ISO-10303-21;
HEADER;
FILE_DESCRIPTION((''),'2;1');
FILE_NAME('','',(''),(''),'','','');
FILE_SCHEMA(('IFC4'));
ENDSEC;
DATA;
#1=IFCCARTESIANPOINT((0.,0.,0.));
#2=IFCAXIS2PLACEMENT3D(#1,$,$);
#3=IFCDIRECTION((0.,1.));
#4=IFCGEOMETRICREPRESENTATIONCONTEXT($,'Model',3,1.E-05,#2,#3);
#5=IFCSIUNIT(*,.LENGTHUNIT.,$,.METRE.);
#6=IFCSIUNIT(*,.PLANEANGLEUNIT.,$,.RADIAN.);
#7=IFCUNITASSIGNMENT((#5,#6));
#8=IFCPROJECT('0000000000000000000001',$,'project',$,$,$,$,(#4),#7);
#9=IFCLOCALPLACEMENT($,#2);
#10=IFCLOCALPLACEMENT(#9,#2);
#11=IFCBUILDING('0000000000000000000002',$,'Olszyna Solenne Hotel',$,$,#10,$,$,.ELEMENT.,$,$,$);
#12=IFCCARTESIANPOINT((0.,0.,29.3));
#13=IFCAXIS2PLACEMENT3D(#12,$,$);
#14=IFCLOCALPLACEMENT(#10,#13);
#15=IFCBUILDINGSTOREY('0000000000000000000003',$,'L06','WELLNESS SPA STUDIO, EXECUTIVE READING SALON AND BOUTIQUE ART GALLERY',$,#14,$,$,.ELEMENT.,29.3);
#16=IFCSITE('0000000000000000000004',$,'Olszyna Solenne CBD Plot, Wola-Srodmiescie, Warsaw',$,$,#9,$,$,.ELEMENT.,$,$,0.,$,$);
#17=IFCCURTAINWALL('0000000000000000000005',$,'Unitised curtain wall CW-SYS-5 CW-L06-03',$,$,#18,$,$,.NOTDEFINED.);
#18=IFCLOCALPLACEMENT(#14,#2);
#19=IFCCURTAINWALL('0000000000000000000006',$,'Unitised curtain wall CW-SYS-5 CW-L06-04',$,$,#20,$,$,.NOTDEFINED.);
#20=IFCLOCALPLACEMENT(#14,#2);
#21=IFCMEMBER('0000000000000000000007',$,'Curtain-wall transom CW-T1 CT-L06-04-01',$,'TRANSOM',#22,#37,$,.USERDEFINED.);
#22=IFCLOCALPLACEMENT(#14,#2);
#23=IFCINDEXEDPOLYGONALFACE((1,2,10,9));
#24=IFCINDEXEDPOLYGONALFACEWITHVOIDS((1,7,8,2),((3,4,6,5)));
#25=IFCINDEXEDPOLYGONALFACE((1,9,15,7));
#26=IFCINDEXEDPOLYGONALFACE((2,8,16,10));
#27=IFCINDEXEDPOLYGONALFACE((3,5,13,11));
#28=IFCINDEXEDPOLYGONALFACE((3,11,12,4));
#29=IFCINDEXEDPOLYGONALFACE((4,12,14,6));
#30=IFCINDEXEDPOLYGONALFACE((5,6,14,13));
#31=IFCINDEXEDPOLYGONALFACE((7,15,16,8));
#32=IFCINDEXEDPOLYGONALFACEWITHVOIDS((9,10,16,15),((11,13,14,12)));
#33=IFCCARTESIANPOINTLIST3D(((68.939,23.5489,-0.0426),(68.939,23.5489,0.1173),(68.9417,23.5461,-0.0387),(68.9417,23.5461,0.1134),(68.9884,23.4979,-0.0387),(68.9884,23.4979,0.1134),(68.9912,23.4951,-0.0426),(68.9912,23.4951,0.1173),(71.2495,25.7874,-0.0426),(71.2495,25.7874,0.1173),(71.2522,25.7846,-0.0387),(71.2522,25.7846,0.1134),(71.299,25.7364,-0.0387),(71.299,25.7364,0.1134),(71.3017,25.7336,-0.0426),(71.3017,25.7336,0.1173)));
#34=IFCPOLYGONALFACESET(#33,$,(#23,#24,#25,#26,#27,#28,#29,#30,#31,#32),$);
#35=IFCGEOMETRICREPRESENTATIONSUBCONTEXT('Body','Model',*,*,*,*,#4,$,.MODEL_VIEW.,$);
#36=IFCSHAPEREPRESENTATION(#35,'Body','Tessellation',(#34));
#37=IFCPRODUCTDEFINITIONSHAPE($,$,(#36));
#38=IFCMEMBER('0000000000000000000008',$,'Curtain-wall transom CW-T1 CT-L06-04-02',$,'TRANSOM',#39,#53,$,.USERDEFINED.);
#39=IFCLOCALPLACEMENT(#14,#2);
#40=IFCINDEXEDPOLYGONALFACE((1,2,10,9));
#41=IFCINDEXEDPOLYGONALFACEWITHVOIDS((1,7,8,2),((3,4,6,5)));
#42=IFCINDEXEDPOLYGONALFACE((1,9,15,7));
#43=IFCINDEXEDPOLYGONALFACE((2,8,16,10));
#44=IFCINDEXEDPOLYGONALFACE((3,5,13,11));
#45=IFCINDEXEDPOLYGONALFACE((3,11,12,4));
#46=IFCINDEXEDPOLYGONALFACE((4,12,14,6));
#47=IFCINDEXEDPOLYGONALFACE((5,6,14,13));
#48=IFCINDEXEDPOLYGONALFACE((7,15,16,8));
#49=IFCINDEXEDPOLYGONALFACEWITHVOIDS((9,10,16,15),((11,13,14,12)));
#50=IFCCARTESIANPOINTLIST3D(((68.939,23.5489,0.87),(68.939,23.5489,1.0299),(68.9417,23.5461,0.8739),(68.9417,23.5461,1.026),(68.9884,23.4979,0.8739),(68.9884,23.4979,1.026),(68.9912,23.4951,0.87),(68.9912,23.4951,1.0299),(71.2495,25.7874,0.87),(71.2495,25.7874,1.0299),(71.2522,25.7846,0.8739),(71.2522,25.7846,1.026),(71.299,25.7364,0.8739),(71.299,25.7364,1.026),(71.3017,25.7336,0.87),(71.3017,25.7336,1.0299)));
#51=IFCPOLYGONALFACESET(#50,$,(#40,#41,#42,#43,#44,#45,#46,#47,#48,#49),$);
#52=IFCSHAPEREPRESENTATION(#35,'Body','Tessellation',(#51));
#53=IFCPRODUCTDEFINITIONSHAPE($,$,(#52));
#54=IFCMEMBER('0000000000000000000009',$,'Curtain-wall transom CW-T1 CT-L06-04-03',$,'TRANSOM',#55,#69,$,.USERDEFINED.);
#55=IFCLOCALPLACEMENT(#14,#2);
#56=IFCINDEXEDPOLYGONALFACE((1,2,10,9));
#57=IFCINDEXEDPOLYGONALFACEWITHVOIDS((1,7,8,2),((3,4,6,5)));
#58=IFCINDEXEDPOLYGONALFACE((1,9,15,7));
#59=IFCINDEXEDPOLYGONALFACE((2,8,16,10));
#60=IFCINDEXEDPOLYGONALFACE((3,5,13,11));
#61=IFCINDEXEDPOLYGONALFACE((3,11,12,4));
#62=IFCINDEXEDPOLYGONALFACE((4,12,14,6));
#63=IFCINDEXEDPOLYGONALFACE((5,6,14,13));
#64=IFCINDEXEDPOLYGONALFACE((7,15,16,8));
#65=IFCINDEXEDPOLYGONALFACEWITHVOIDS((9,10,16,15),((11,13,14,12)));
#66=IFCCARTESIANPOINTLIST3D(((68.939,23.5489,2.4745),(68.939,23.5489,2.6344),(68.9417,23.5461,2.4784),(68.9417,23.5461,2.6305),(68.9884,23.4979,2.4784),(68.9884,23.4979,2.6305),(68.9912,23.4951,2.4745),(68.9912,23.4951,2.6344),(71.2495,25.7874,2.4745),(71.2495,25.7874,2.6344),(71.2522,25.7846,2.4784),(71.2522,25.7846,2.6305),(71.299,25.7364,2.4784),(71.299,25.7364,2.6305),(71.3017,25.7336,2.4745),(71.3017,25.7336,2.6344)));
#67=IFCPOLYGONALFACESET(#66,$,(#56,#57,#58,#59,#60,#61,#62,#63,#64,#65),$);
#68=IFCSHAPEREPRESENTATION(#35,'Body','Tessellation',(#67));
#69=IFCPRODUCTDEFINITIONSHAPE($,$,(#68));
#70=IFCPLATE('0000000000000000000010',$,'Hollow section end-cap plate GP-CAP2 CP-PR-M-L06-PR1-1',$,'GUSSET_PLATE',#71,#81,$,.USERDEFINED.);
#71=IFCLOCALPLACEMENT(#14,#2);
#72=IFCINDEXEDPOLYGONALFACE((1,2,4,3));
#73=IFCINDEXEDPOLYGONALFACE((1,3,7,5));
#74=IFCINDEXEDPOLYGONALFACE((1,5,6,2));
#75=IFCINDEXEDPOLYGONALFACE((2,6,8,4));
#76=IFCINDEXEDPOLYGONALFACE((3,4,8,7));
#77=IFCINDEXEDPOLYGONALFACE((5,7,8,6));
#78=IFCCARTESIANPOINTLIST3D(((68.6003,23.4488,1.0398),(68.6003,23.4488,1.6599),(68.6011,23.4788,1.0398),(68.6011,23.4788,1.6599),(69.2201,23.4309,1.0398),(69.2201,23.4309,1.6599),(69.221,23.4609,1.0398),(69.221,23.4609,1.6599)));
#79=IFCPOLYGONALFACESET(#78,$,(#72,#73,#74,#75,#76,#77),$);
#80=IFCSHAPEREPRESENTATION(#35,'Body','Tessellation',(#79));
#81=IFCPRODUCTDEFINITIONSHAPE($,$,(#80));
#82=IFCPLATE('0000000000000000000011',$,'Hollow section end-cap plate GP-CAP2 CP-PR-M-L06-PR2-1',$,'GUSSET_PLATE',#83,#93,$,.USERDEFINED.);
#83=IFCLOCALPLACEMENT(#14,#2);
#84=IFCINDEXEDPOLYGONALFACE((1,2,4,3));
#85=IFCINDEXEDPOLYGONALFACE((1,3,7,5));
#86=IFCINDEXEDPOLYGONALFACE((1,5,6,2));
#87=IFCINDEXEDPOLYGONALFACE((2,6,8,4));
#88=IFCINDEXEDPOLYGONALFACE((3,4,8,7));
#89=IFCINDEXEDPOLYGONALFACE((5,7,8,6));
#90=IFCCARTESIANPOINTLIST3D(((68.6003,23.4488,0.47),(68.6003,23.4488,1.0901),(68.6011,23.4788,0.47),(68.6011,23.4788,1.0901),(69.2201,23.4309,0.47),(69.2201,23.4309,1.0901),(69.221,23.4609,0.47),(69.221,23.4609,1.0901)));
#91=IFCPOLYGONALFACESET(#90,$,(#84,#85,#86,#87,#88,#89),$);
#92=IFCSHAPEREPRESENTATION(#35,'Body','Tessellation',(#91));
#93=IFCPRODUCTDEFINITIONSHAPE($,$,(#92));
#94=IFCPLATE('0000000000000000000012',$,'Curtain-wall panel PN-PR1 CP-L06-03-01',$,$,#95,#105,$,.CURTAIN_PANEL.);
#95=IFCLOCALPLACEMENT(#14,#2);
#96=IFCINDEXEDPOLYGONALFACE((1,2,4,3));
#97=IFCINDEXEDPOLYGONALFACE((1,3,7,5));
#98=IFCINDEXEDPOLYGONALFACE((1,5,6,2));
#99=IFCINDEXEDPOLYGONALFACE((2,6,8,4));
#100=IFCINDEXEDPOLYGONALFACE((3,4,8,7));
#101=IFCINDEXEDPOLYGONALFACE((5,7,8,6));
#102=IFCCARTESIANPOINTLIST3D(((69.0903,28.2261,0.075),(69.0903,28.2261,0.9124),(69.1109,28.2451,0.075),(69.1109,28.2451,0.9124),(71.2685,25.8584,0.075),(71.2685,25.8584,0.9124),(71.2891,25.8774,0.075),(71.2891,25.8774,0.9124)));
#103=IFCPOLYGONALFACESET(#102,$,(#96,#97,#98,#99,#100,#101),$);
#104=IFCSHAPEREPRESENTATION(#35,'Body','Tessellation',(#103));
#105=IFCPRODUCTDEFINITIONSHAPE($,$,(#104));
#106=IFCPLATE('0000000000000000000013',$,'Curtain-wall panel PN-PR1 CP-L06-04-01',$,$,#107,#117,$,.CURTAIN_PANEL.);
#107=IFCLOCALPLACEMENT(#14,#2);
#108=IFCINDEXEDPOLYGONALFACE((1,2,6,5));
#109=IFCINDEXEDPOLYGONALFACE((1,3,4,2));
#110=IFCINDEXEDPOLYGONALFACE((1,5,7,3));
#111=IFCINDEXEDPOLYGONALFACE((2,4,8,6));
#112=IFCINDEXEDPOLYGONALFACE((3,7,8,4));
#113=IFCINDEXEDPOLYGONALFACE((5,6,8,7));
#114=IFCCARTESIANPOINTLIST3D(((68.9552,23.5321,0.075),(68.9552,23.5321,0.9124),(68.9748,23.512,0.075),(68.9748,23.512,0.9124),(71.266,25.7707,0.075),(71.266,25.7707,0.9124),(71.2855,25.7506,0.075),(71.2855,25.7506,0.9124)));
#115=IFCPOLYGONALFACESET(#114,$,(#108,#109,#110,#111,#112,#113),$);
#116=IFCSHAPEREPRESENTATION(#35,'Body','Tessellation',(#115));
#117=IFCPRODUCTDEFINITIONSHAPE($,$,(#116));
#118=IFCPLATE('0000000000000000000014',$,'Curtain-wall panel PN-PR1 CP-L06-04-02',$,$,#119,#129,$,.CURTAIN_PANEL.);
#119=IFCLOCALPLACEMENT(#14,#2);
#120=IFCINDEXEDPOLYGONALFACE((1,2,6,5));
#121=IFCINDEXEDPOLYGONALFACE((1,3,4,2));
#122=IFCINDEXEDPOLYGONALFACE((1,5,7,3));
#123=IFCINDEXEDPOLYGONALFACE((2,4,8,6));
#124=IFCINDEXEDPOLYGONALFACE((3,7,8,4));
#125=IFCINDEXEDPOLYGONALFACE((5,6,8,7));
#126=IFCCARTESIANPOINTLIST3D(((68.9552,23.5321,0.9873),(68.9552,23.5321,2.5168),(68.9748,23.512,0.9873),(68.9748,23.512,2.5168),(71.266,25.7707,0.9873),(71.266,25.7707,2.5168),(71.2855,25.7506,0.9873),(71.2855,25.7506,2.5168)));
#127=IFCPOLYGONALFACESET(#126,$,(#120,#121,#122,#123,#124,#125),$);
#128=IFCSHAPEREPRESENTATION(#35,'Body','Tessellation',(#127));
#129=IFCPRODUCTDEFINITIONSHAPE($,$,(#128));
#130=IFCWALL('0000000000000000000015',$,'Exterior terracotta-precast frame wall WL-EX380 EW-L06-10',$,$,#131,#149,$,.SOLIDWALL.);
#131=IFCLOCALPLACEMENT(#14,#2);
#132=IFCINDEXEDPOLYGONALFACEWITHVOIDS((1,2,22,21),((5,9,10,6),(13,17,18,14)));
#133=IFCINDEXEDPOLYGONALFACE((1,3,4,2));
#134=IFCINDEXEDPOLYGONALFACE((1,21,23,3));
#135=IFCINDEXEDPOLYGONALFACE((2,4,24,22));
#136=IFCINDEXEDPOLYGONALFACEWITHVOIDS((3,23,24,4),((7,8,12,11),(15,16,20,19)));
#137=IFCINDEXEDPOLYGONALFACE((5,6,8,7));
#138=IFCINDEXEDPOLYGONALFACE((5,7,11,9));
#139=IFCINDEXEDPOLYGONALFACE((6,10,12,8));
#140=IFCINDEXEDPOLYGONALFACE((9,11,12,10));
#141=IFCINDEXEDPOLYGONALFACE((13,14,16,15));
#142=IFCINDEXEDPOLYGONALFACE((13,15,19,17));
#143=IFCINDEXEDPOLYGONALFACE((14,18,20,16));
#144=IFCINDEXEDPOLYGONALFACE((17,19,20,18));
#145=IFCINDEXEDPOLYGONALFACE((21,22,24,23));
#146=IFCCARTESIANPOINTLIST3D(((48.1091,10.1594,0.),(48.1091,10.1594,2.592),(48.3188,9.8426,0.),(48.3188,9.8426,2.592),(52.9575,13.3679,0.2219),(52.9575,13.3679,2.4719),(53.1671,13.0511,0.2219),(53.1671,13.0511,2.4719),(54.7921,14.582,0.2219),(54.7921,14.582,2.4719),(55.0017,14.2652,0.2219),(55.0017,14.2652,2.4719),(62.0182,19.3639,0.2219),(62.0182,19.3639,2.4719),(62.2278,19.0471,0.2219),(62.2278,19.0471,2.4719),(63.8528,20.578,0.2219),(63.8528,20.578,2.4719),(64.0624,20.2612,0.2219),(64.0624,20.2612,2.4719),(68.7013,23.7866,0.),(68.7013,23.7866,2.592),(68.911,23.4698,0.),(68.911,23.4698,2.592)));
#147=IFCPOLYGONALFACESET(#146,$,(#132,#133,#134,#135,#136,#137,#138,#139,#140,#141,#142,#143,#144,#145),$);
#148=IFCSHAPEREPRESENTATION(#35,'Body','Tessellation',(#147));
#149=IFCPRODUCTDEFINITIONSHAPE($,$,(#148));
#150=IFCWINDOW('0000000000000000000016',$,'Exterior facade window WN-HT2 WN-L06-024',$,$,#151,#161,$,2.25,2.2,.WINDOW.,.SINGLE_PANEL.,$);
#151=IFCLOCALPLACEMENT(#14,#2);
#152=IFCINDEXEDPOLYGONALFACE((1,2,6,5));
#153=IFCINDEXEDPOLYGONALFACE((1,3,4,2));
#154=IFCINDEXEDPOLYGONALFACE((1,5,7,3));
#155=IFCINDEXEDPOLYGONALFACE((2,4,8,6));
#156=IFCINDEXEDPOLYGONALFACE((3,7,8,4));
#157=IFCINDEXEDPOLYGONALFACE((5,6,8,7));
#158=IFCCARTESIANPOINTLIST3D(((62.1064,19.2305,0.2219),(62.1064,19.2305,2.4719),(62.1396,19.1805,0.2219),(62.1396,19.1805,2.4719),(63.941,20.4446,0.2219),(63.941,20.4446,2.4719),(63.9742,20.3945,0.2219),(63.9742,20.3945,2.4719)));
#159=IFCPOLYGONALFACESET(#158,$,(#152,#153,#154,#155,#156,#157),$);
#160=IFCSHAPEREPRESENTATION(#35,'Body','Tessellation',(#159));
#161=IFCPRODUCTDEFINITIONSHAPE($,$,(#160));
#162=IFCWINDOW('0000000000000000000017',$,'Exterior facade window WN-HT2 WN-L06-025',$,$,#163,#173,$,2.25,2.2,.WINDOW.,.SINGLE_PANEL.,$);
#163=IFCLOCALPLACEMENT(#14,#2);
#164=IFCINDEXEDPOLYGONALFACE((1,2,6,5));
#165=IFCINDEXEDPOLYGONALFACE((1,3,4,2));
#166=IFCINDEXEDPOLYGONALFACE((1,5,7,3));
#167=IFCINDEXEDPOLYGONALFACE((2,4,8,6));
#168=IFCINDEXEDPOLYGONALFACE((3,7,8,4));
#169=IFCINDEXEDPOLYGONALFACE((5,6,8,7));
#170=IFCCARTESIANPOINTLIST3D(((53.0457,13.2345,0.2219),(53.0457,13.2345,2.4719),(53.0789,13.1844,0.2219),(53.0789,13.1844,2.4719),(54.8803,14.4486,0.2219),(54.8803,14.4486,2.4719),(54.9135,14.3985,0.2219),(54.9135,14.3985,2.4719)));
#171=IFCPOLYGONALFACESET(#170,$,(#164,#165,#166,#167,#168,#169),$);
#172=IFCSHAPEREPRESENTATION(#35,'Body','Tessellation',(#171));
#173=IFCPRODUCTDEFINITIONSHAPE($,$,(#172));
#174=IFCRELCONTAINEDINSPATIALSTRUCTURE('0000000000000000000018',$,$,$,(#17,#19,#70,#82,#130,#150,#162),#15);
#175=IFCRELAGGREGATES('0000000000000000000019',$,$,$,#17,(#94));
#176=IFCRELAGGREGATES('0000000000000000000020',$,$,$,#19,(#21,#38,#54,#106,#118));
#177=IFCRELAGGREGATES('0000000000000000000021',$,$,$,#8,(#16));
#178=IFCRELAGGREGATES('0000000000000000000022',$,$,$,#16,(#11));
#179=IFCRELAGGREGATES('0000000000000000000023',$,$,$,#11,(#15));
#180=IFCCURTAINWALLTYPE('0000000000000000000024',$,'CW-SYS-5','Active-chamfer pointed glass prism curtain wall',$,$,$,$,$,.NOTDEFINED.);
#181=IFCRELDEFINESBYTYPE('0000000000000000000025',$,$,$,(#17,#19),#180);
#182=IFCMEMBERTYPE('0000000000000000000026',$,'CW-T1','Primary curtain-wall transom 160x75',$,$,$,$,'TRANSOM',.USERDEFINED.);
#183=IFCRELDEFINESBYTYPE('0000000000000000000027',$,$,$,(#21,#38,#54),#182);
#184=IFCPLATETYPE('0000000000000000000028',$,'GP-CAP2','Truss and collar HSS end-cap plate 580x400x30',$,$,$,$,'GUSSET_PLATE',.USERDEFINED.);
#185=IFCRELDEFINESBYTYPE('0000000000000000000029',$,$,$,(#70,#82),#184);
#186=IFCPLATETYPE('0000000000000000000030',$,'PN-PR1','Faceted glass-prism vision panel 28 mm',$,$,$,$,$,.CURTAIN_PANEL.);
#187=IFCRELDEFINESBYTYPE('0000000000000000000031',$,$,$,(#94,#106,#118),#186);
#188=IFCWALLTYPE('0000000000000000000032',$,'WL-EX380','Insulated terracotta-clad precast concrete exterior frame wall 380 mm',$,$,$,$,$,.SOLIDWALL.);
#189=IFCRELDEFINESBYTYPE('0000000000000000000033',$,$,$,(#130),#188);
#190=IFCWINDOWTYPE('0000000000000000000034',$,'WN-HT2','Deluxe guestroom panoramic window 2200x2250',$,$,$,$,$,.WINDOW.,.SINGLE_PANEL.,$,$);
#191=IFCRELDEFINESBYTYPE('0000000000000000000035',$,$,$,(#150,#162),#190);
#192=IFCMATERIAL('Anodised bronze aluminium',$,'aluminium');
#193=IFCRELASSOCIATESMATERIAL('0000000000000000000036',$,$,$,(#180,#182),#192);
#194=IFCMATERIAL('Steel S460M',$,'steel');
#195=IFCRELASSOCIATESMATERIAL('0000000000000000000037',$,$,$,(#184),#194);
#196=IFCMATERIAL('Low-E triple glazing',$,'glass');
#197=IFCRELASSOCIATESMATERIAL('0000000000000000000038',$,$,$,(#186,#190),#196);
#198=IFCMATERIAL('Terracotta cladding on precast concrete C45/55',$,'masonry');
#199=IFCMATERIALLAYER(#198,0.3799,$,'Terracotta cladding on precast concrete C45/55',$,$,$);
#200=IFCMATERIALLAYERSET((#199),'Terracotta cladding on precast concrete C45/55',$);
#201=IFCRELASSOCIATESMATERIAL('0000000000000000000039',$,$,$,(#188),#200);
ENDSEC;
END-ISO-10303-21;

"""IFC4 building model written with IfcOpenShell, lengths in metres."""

from ifc_helpers import new_model, si_unit, direction, frame, frame_2d, origin, origin_2d, place, context, subcontext, project, spatial, rectangle, hollow_rectangle, extrude, source, transform, mapped, material, layer, layer_set, material_profile, profile_set, type_object, type_shapes, element, fill, aggregate, save


model = new_model("IFC4")

# Units and contexts
model_context = context("Model", 3, precision=1e-05, world=origin(), true_north=direction((0.0, 1.0)))
body_context = subcontext(model_context, "Body", "Model", "MODEL_VIEW")
ifc_project = project(units=[si_unit("LENGTHUNIT", "METRE"), si_unit("PLANEANGLEUNIT", "RADIAN")], contexts=[model_context])

# Site, building, storey
site_placement = place(None, origin())
site = spatial("IfcSite", under=ifc_project, at=site_placement, Name="Olszyna Solenne CBD Plot, Wola-Srodmiescie, Warsaw", CompositionType="ELEMENT", RefElevation=0.0)
building_placement = place(site_placement, origin())
building = spatial("IfcBuilding", under=site, at=building_placement, Name="Olszyna Solenne Hotel", CompositionType="ELEMENT")
storey_placement = place(building_placement, frame((0.0, 0.0, 29.3)))
storey = spatial("IfcBuildingStorey", under=building, at=storey_placement, Name="L06", Description="WELLNESS SPA STUDIO, EXECUTIVE READING SALON AND BOUTIQUE ART GALLERY", CompositionType="ELEMENT", Elevation=29.3)

# Shared definitions
ifc_material_1 = material(Name="Steel S460M", Category="steel")

# Curtain wall
ifc_material_2 = material(Name="Anodised bronze aluminium", Category="aluminium")
curtain_wall_type = type_object("IfcCurtainWallType", Name="CW-SYS-5", Description="Active-chamfer pointed glass prism curtain wall", PredefinedType="NOTDEFINED", material=ifc_material_2)
curtain_wall_1_placement = place(storey_placement, origin())
curtain_wall_1 = element("IfcCurtainWall", 1, at=curtain_wall_1_placement, inside=storey, type_object=curtain_wall_type, Name="Unitised curtain wall CW-SYS-5 CW-L06-03", PredefinedType="NOTDEFINED")

# Curtain wall, members
curtain_wall_2_placement = place(storey_placement, origin())
curtain_wall_2 = element("IfcCurtainWall", 2, at=curtain_wall_2_placement, inside=storey, type_object=curtain_wall_type, Name="Unitised curtain wall CW-SYS-5 CW-L06-04", PredefinedType="NOTDEFINED")
ifc_material_profile_1 = material_profile(ifc_material_2, hollow_rectangle(XDim=0.075, YDim=0.1599, WallThickness=0.0039, at=origin_2d()), Name="TRAN 160x75x4", Category="load-bearing")
ifc_profile_set_1 = profile_set([ifc_material_profile_1], Name="Anodised bronze aluminium")
member_type_1 = type_object("IfcMemberType", Name="CW-T1", Description="Primary curtain-wall transom 160x75", ElementType="TRANSOM", PredefinedType="USERDEFINED", material=ifc_profile_set_1)
shared_shape_1 = source(origin(), body_context, "Body", "SweptSolid", [
    extrude(hollow_rectangle(XDim=0.075, YDim=0.1599, WallThickness=0.0039, at=origin_2d()), origin(), (0.0, 0.0, 1.0), 3.217),
])
member_1_placement = place(storey_placement, frame((68.9651, 23.522, 0.0374), z_axis=(0.718212, 0.695825, 0.0), x_axis=(-0.695825, 0.718212, 0.0)))
member_1 = element("IfcMember", 3, at=member_1_placement, type_object=member_type_1, Name="Curtain-wall transom CW-T1 CT-L06-04-01", ObjectType="TRANSOM", PredefinedType="USERDEFINED", context=body_context, shape_type="MappedRepresentation", body=[
    mapped(shared_shape_1, transform((0.0, 0.0, 0.0), x_axis=(1.0, 0.0, 0.0), y_axis=(0.0, 1.0, 0.0), z_axis=(0.0, 0.0, 1.0), scale=1.0)),
])
member_2_placement = place(storey_placement, frame((68.9651, 23.522, 0.95), z_axis=(0.718212, 0.695825, 0.0), x_axis=(-0.695825, 0.718212, 0.0)))
member_2 = element("IfcMember", 4, at=member_2_placement, type_object=member_type_1, Name="Curtain-wall transom CW-T1 CT-L06-04-02", ObjectType="TRANSOM", PredefinedType="USERDEFINED", context=body_context, shape_type="MappedRepresentation", body=[
    mapped(shared_shape_1, transform((0.0, 0.0, 0.0), x_axis=(1.0, 0.0, 0.0), y_axis=(0.0, 1.0, 0.0), z_axis=(0.0, 0.0, 1.0), scale=1.0)),
])
member_3_placement = place(storey_placement, frame((68.9651, 23.522, 2.5544), z_axis=(0.718212, 0.695825, 0.0), x_axis=(-0.695825, 0.718212, 0.0)))
member_3 = element("IfcMember", 5, at=member_3_placement, type_object=member_type_1, Name="Curtain-wall transom CW-T1 CT-L06-04-03", ObjectType="TRANSOM", PredefinedType="USERDEFINED", context=body_context, shape_type="MappedRepresentation", body=[
    mapped(shared_shape_1, transform((0.0, 0.0, 0.0), x_axis=(1.0, 0.0, 0.0), y_axis=(0.0, 1.0, 0.0), z_axis=(0.0, 0.0, 1.0), scale=1.0)),
])

# Plates
plate_type_1 = type_object("IfcPlateType", Name="GP-CAP2", Description="Truss and collar HSS end-cap plate 580x400x30", ElementType="GUSSET_PLATE", PredefinedType="USERDEFINED", material=ifc_material_1)
shared_shape_2 = source(origin(), body_context, "Body", "SweptSolid", [
    extrude(rectangle(XDim=0.03, YDim=0.6201, at=origin_2d()), origin(), (0.0, 0.0, 1.0), 0.6201),
])
for number, where, z_axis, x_axis, name in (
    (6, (68.9106, 23.4548, 1.0398), (0.0, 0.0, 1.0), (0.028794, 0.999585, 0.0), "Hollow section end-cap plate GP-CAP2 CP-PR-M-L06-PR1-1"),
    (7, (68.9106, 23.4548, 0.47), (0.0, 0.0, 1.0), (0.028794, 0.999585, 0.0), "Hollow section end-cap plate GP-CAP2 CP-PR-M-L06-PR2-1"),
):
    element("IfcPlate", number, at=place(storey_placement, frame(where, z_axis=z_axis, x_axis=x_axis)), inside=storey, type_object=plate_type_1, Name=name, ObjectType="GUSSET_PLATE", PredefinedType="USERDEFINED", context=body_context, shape_type="MappedRepresentation", body=[
        mapped(shared_shape_2, transform((0.0, 0.0, 0.0), x_axis=(1.0, 0.0, 0.0), y_axis=(0.0, 1.0, 0.0), z_axis=(0.0, 0.0, 1.0), scale=1.0)),
    ])

# Plates
ifc_material_3 = material(Name="Low-E triple glazing", Category="glass")
plate_type_2 = type_object("IfcPlateType", Name="PN-PR1", Description="Faceted glass-prism vision panel 28 mm", PredefinedType="CURTAIN_PANEL", material=ifc_material_3)
shared_shape_3 = source(origin(), body_context, "Body", "SweptSolid", [
    extrude(rectangle(XDim=3.2173, YDim=0.0281, at=origin_2d()), origin(), (0.0, 0.0, 1.0), 0.8374),
])
plate_1_placement = place(storey_placement, frame((70.1897, 27.0518, 0.075), z_axis=(0.0, 0.0, 1.0), x_axis=(0.677032, -0.735954, 0.0)))
plate_1 = element("IfcPlate", 8, at=plate_1_placement, type_object=plate_type_2, Name="Curtain-wall panel PN-PR1 CP-L06-03-01", PredefinedType="CURTAIN_PANEL", context=body_context, shape_type="MappedRepresentation", body=[
    mapped(shared_shape_3, transform((0.0, 0.0, 0.0), x_axis=(1.0, 0.0, 0.0), y_axis=(0.0, 1.0, 0.0), z_axis=(0.0, 0.0, 1.0), scale=1.0)),
])
aggregate(curtain_wall_1, [plate_1])
plate_2_placement = place(storey_placement, frame((70.1204, 24.6414, 0.075), z_axis=(0.0, 0.0, 1.0), x_axis=(0.718229, 0.695807, 0.0)))
plate_2 = element("IfcPlate", 9, at=plate_2_placement, type_object=plate_type_2, Name="Curtain-wall panel PN-PR1 CP-L06-04-01", PredefinedType="CURTAIN_PANEL", context=body_context, shape_type="MappedRepresentation", body=[
    mapped(shared_shape_3, transform((0.0, 0.0, 0.0), x_axis=(1.0, 0.0, 0.0), y_axis=(0.0, 1.0, 0.0), z_axis=(0.0, 0.0, 1.0), scale=1.0)),
])
shared_shape_4 = source(origin(), body_context, "Body", "SweptSolid", [
    extrude(rectangle(XDim=3.2173, YDim=0.0281, at=origin_2d()), origin(), (0.0, 0.0, 1.0), 1.5295),
])
plate_3_placement = place(storey_placement, frame((70.1204, 24.6414, 0.9873), z_axis=(0.0, 0.0, 1.0), x_axis=(0.718229, 0.695807, 0.0)))
plate_3 = element("IfcPlate", 10, at=plate_3_placement, type_object=plate_type_2, Name="Curtain-wall panel PN-PR1 CP-L06-04-02", PredefinedType="CURTAIN_PANEL", context=body_context, shape_type="MappedRepresentation", body=[
    mapped(shared_shape_4, transform((0.0, 0.0, 0.0), x_axis=(1.0, 0.0, 0.0), y_axis=(0.0, 1.0, 0.0), z_axis=(0.0, 0.0, 1.0), scale=1.0)),
])
aggregate(curtain_wall_2, [member_1, member_2, member_3, plate_2, plate_3])

# Wall, openings, windows
ifc_material_4 = material(Name="Terracotta cladding on precast concrete C45/55", Category="masonry")
ifc_layer_1 = layer(ifc_material_4, 0.3799, Name="Terracotta cladding on precast concrete C45/55")
ifc_layer_set_1 = layer_set([ifc_layer_1], Name="Terracotta cladding on precast concrete C45/55")
wall_type_1 = type_object("IfcWallType", Name="WL-EX380", Description="Insulated terracotta-clad precast concrete exterior frame wall 380 mm", PredefinedType="SOLIDWALL", material=ifc_layer_set_1)
wall_1_placement = place(storey_placement, frame((68.8062, 23.6282, 0.0), z_axis=(0.0, 0.0, 1.0), x_axis=(-0.833933, -0.551865, 0.0)))
wall_1 = element("IfcWall", 11, at=wall_1_placement, inside=storey, type_object=wall_type_1, Name="Exterior terracotta-precast frame wall WL-EX380 EW-L06-10", PredefinedType="SOLIDWALL", context=body_context, shape_type="SweptSolid", body=[
    extrude(rectangle(XDim=24.6929, YDim=0.3799, at=frame_2d((12.3464, 0.0))), origin(), (0.0, 0.0, 1.0), 2.592),
])
opening_1_placement = place(wall_1_placement, frame((5.814, 0.0, 0.2219)))
opening_1 = element("IfcOpeningElement", 12, at=opening_1_placement, cuts=wall_1, PredefinedType="OPENING", context=body_context, shape_type="SweptSolid", body=[
    extrude(rectangle(XDim=2.2, YDim=2.25, at=frame_2d((1.1001, 1.125))), frame((0.0, 0.2, 0.0), z_axis=(0.0, -1.0, 0.0), x_axis=(1.0, 0.0, 0.0)), (0.0, 0.0, 1.0), 0.3999),
])
opening_2_placement = place(wall_1_placement, frame((16.679, 0.0, 0.2219)))
opening_2 = element("IfcOpeningElement", 13, at=opening_2_placement, cuts=wall_1, PredefinedType="OPENING", context=body_context, shape_type="SweptSolid", body=[
    extrude(rectangle(XDim=2.2, YDim=2.25, at=frame_2d((1.1001, 1.125))), frame((0.0, 0.2, 0.0), z_axis=(0.0, -1.0, 0.0), x_axis=(1.0, 0.0, 0.0)), (0.0, 0.0, 1.0), 0.3999),
])
window_type = type_object("IfcWindowType", Name="WN-HT2", Description="Deluxe guestroom panoramic window 2200x2250", PartitioningType="SINGLE_PANEL", PredefinedType="WINDOW", material=ifc_material_3)
shared_shape_5 = source(origin(), body_context, "Body", "SweptSolid", [
    extrude(rectangle(XDim=2.2, YDim=2.25, at=frame_2d((1.1001, 1.125))), frame((0.0, 0.03, 0.0), z_axis=(0.0, -1.0, 0.0), x_axis=(1.0, 0.0, 0.0)), (0.0, 0.0, 1.0), 0.0601),
])
type_shapes(window_type, [shared_shape_5])
window_1_placement = place(opening_1_placement, origin())
window_1 = element("IfcWindow", 14, at=window_1_placement, inside=storey, type_object=window_type, Name="Exterior facade window WN-HT2 WN-L06-024", OverallHeight=2.25, OverallWidth=2.2, PartitioningType="SINGLE_PANEL", PredefinedType="WINDOW", context=body_context, shape_type="MappedRepresentation", body=[
    mapped(shared_shape_5, transform((0.0, 0.0, 0.0), x_axis=(1.0, 0.0, 0.0), y_axis=(0.0, 1.0, 0.0), z_axis=(0.0, 0.0, 1.0), scale=1.0)),
])
fill(opening_1, window_1)
window_2_placement = place(opening_2_placement, origin())
window_2 = element("IfcWindow", 15, at=window_2_placement, inside=storey, type_object=window_type, Name="Exterior facade window WN-HT2 WN-L06-025", OverallHeight=2.25, OverallWidth=2.2, PartitioningType="SINGLE_PANEL", PredefinedType="WINDOW", context=body_context, shape_type="MappedRepresentation", body=[
    mapped(shared_shape_5, transform((0.0, 0.0, 0.0), x_axis=(1.0, 0.0, 0.0), y_axis=(0.0, 1.0, 0.0), z_axis=(0.0, 0.0, 1.0), scale=1.0)),
])
fill(opening_2, window_2)

save(model, "model.ifc")
